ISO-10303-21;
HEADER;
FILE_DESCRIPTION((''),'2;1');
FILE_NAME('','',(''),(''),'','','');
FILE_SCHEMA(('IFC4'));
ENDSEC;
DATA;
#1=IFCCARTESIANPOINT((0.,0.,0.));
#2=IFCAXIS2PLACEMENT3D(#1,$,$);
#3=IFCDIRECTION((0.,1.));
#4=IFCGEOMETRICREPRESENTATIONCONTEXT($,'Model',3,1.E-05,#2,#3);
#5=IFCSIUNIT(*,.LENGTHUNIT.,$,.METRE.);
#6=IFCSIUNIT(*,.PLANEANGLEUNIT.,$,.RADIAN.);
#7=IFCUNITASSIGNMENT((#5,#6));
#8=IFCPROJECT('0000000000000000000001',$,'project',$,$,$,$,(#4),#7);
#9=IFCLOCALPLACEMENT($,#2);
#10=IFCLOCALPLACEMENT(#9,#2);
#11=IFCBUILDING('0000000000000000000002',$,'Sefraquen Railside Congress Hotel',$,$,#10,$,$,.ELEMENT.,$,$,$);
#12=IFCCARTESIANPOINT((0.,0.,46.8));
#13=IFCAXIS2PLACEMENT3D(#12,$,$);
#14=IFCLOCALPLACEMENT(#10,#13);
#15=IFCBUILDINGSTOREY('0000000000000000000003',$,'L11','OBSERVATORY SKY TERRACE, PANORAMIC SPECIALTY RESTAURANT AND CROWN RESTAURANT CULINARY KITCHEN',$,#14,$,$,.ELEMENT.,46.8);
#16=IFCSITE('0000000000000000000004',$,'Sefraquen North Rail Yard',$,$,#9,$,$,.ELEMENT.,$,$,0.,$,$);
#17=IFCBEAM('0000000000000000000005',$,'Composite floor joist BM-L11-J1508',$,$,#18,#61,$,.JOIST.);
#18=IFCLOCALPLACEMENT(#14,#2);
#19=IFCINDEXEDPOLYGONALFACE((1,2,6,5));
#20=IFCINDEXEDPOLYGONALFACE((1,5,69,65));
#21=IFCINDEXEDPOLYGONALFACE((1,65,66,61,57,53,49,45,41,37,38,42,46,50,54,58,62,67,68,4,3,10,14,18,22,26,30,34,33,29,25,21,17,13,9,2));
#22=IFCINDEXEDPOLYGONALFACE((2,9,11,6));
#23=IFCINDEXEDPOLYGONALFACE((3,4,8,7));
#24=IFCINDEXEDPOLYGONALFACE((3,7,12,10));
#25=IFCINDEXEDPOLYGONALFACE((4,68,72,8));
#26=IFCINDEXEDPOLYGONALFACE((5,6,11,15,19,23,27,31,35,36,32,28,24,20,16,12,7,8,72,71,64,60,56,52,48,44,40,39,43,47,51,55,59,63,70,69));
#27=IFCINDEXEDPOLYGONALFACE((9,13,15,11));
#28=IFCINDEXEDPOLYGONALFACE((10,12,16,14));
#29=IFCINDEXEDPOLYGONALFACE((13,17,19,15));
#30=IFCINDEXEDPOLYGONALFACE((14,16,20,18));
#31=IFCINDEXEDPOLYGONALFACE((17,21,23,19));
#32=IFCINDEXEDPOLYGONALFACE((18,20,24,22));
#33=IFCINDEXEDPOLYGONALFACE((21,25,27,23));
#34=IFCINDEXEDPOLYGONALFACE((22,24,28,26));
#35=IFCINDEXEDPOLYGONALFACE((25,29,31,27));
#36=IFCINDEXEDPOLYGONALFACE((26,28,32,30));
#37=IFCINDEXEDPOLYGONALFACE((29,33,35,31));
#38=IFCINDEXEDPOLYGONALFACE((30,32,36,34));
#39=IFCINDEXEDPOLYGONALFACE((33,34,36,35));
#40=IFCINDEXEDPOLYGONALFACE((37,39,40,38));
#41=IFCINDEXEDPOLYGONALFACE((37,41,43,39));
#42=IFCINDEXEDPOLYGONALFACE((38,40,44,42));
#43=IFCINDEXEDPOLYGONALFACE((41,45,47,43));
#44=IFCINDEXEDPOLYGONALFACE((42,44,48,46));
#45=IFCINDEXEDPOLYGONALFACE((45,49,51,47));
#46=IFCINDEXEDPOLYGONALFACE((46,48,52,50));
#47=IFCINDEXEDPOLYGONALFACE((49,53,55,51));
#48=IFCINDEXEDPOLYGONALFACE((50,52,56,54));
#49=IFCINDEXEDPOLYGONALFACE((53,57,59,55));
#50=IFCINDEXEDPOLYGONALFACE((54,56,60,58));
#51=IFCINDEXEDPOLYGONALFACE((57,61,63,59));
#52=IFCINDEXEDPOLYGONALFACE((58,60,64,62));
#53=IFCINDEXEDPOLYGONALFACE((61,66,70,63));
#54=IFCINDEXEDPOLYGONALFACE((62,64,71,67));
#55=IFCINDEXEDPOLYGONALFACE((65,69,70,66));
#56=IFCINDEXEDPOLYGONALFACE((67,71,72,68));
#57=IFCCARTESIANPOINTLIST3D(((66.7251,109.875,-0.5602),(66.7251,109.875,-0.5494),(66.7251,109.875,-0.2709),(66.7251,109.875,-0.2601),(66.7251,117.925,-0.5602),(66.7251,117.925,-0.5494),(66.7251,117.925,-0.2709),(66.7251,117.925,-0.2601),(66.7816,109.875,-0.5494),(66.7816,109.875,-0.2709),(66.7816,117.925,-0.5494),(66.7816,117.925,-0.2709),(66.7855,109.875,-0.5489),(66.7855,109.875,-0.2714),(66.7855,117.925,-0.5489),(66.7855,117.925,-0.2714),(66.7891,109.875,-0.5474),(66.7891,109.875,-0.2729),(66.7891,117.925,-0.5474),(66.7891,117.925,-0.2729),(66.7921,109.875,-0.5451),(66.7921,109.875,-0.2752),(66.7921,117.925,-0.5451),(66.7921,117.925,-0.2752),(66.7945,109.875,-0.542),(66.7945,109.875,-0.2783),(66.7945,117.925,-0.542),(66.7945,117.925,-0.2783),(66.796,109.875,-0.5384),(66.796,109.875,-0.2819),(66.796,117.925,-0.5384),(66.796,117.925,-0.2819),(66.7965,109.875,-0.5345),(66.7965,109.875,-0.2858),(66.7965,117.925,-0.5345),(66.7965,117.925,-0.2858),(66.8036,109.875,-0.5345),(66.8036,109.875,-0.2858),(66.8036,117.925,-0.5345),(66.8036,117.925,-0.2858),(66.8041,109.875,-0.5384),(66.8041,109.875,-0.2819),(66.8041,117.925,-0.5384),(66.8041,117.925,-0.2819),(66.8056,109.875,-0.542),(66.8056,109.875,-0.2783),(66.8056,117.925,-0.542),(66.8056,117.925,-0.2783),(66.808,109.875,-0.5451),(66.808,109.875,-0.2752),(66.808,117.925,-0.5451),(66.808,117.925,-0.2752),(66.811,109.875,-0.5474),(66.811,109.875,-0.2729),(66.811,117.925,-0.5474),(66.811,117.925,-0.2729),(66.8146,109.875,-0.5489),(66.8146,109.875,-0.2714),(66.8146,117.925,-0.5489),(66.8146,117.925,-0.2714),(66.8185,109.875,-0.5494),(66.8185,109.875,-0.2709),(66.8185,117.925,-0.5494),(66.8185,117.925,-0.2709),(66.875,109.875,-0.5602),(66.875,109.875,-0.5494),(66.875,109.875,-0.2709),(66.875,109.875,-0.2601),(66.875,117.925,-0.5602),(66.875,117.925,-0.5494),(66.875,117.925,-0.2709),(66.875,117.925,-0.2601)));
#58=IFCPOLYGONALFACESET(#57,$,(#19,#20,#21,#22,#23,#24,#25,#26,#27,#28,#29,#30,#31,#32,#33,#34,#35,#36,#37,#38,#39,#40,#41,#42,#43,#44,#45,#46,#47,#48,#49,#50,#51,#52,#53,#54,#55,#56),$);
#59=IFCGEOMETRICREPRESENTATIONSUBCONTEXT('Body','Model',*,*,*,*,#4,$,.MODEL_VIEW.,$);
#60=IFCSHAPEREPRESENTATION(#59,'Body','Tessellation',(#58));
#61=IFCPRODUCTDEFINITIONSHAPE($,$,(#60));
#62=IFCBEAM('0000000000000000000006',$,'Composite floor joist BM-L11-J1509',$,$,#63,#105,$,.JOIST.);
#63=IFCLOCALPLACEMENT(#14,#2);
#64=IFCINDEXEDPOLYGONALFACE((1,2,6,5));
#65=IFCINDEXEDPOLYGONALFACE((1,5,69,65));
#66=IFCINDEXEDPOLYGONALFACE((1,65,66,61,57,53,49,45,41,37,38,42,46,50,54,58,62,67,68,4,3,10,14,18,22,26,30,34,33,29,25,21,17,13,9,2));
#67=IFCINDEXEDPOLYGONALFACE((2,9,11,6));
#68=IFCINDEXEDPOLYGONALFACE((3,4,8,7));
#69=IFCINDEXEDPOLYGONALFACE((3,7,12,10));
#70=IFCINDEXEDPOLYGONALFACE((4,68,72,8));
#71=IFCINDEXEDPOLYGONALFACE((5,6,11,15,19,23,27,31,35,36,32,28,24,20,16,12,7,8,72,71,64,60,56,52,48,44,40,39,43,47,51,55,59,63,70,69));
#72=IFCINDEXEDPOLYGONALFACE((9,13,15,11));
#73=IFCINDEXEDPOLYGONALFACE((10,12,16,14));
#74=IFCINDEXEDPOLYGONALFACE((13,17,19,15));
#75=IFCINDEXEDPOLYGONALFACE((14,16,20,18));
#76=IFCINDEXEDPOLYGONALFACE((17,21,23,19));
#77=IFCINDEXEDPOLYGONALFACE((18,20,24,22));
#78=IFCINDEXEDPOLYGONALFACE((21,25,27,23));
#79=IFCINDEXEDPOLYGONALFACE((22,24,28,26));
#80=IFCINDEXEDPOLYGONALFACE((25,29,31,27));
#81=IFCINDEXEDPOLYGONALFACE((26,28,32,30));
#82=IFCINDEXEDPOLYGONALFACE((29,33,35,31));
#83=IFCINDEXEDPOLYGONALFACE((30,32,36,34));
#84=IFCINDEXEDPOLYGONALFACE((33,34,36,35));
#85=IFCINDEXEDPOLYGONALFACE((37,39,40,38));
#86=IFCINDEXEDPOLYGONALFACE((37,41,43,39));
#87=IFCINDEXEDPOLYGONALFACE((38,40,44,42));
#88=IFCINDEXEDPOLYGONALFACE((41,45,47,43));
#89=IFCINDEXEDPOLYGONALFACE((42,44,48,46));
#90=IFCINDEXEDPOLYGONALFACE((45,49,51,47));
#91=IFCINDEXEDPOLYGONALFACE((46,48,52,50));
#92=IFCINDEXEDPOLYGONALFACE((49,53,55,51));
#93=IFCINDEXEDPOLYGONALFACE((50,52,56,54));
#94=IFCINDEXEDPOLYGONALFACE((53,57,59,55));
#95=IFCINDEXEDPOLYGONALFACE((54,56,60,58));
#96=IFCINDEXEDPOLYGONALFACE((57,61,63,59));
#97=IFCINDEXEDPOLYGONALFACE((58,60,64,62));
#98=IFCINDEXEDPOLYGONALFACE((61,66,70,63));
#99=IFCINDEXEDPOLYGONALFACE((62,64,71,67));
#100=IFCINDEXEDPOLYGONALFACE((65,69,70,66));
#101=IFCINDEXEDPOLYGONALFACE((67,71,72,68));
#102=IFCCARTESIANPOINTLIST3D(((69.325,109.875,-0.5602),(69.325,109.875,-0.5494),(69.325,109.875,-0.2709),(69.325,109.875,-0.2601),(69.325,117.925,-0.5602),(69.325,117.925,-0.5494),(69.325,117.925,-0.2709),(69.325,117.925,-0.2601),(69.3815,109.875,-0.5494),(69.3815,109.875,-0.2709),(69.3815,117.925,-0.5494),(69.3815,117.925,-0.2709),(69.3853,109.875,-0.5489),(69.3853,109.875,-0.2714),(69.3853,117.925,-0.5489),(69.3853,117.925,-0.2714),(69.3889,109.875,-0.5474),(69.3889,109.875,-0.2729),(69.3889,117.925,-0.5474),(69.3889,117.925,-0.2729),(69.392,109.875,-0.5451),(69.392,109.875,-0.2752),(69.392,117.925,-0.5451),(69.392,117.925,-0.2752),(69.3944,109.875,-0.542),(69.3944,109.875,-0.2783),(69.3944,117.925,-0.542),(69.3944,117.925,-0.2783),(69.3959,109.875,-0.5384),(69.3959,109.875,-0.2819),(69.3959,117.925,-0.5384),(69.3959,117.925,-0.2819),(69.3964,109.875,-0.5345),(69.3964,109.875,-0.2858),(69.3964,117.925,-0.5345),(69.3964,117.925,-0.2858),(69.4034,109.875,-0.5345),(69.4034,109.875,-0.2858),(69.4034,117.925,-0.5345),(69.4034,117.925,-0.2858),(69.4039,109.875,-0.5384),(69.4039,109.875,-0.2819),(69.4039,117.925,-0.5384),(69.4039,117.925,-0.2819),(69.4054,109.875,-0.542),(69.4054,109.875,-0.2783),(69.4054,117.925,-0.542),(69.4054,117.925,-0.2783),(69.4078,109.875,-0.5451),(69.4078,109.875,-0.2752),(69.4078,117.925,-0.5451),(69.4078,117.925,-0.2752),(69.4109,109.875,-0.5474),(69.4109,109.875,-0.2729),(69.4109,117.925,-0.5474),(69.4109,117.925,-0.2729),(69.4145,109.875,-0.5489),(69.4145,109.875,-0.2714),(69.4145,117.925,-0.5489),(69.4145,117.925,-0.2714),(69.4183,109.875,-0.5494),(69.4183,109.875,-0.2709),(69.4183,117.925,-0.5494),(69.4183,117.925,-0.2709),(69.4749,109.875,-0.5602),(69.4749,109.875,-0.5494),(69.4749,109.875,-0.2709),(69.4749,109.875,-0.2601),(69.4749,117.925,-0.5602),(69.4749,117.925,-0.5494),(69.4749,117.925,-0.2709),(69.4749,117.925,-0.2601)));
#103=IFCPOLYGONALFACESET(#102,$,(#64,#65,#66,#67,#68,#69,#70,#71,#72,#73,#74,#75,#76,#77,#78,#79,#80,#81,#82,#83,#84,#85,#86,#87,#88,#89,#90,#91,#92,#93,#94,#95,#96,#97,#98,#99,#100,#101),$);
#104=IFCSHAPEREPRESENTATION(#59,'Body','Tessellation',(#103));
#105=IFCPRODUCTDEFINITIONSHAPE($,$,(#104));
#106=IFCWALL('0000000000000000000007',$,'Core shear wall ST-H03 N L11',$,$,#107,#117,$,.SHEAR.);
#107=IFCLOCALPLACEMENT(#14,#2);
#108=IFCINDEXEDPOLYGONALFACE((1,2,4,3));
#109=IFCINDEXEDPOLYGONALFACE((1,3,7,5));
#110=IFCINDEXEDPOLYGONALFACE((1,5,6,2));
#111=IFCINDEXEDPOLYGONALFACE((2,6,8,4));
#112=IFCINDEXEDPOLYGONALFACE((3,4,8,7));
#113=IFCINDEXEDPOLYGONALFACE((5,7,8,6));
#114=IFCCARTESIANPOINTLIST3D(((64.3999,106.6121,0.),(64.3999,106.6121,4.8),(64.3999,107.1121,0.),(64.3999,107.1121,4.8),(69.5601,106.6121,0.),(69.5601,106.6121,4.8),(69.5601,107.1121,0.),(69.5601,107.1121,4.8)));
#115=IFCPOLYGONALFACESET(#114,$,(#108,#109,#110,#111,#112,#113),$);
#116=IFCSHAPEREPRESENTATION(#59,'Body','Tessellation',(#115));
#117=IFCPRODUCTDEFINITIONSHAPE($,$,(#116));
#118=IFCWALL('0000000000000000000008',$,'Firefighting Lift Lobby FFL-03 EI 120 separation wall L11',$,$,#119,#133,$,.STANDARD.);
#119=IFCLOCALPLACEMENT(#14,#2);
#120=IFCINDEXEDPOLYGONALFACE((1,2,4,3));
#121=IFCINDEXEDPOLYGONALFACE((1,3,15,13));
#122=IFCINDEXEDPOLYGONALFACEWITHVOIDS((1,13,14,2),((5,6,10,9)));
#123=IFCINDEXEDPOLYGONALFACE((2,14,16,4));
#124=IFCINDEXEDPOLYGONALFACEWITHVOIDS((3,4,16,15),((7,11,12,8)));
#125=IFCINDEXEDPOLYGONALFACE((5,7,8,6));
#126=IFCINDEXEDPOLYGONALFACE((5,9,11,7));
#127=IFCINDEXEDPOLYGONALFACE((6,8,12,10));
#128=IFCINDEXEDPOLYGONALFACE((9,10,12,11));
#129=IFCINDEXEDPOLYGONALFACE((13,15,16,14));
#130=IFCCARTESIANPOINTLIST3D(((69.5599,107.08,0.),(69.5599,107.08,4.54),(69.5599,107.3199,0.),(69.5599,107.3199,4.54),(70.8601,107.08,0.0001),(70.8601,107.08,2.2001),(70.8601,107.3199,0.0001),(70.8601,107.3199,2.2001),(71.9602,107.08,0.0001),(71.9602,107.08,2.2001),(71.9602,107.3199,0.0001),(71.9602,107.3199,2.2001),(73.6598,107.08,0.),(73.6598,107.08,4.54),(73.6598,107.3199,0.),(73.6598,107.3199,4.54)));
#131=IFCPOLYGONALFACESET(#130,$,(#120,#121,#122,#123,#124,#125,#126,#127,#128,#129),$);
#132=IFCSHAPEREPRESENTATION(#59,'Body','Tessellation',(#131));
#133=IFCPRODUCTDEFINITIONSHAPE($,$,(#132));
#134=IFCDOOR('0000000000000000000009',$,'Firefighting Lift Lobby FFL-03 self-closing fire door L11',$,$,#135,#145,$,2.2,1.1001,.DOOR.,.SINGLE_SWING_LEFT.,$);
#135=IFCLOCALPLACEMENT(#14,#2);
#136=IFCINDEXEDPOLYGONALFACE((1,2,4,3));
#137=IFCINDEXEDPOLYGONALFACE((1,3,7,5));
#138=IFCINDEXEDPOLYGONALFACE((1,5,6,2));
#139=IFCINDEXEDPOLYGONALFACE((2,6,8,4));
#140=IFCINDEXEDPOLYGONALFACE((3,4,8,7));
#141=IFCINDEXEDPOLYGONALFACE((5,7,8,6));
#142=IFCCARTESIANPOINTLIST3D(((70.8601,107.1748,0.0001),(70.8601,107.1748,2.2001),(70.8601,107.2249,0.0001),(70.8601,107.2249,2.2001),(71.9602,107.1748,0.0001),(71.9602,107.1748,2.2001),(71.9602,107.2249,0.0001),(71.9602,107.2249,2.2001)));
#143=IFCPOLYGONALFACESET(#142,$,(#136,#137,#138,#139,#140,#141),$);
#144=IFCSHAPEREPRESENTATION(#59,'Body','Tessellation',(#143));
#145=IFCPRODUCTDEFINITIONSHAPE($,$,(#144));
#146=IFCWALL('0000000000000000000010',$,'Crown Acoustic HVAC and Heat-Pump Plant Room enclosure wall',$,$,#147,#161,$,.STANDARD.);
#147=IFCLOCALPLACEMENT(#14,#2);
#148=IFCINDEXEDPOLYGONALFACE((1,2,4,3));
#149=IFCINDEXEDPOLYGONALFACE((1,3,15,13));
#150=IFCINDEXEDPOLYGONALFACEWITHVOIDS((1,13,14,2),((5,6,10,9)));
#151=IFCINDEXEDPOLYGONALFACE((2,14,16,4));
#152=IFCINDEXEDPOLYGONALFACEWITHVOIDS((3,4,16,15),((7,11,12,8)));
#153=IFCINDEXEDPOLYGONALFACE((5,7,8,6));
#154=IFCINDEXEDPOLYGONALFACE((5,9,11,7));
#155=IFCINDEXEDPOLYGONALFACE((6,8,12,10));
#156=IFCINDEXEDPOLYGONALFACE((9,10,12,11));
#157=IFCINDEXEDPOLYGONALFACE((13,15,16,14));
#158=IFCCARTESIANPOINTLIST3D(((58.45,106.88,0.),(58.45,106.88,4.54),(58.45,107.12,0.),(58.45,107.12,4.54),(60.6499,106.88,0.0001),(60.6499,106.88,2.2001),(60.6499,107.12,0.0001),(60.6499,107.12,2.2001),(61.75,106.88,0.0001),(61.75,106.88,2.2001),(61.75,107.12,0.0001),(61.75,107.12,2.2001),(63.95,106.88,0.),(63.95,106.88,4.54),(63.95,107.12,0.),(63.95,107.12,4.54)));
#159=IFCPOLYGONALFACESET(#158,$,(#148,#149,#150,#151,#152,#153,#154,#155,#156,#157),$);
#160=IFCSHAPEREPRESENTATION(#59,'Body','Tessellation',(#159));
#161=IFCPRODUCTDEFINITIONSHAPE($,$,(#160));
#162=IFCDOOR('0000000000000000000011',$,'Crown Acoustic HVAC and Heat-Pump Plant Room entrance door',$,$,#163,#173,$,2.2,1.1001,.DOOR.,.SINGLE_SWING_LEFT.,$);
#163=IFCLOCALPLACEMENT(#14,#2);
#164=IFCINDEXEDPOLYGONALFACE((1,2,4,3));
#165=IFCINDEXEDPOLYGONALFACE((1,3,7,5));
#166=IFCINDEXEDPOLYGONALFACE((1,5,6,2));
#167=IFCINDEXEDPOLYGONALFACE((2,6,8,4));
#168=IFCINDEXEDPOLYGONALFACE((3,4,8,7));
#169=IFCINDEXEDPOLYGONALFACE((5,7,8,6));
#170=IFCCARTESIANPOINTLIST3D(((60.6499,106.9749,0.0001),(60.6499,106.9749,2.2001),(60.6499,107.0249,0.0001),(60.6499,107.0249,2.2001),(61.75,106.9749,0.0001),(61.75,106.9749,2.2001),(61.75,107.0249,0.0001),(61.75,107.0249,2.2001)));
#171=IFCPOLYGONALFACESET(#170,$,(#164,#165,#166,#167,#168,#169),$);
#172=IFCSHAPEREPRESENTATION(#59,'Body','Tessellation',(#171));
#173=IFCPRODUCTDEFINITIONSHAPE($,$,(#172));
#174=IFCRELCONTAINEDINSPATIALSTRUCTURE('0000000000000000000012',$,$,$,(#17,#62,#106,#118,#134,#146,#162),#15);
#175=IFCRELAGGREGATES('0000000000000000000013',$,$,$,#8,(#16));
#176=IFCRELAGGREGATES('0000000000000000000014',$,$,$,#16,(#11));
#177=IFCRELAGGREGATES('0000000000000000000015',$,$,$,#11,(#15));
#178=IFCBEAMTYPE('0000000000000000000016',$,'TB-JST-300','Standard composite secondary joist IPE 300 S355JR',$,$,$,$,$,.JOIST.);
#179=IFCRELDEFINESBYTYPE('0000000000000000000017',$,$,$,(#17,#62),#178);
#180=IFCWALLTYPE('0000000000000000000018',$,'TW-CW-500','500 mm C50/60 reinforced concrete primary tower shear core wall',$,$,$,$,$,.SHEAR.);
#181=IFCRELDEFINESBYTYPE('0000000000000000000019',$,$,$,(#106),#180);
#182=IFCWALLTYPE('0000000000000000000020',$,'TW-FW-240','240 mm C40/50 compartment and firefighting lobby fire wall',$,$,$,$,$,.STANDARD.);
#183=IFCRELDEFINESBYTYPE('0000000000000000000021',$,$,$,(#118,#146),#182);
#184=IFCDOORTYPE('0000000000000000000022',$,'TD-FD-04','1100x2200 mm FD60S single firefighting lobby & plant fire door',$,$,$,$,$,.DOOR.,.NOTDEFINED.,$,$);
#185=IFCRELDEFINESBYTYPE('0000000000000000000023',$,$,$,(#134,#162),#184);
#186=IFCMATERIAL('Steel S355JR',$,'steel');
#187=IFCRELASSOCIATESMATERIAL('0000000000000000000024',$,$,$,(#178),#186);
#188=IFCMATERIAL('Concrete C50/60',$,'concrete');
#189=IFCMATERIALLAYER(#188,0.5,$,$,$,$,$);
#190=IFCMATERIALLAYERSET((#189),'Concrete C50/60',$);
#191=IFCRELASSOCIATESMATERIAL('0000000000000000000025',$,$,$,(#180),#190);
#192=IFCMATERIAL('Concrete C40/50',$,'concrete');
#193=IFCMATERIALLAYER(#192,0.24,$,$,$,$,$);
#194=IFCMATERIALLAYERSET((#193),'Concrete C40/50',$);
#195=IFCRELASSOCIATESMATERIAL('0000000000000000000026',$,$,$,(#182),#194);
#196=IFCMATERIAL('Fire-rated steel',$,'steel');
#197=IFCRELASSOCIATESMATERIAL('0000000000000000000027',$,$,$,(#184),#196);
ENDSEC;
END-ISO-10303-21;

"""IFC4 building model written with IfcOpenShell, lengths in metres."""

from ifc_helpers import new_model, si_unit, direction, frame, frame_2d, origin, origin_2d, place, context, subcontext, project, spatial, rectangle, i_section, extrude, material, layer, layer_set, material_profile, profile_set, type_object, element, fill, save


model = new_model("IFC4")

# Units and contexts
model_context = context("Model", 3, precision=1e-05, world=origin(), true_north=direction((0.0, 1.0)))
body_context = subcontext(model_context, "Body", "Model", "MODEL_VIEW")
ifc_project = project(units=[si_unit("LENGTHUNIT", "METRE"), si_unit("PLANEANGLEUNIT", "RADIAN")], contexts=[model_context])

# Site, building, storey
site_placement = place(None, origin())
site = spatial("IfcSite", under=ifc_project, at=site_placement, Name="Sefraquen North Rail Yard", CompositionType="ELEMENT", RefElevation=0.0)
building_placement = place(site_placement, origin())
building = spatial("IfcBuilding", under=site, at=building_placement, Name="Sefraquen Railside Congress Hotel", CompositionType="ELEMENT")
storey_placement = place(building_placement, frame((0.0, 0.0, 46.8)))
storey = spatial("IfcBuildingStorey", under=building, at=storey_placement, Name="L11", Description="OBSERVATORY SKY TERRACE, PANORAMIC SPECIALTY RESTAURANT AND CROWN RESTAURANT CULINARY KITCHEN", CompositionType="ELEMENT", Elevation=46.8)

# Shared definitions
ifc_material_1 = material(Name="Steel S355JR", Category="steel")

# Beams
ifc_material_profile_1 = material_profile(ifc_material_1, i_section(OverallWidth=0.1499, OverallDepth=0.3, WebThickness=0.0071, FlangeThickness=0.0107, FilletRadius=0.0149, at=origin_2d()), Name="IPE 300")
ifc_profile_set_1 = profile_set([ifc_material_profile_1], Name="Steel S355JR")
beam_type_1 = type_object("IfcBeamType", Name="TB-JST-300", Description="Standard composite secondary joist IPE 300 S355JR", PredefinedType="JOIST", material=ifc_profile_set_1)
for number, where, z_axis, x_axis, name in (
    (1, (66.8, 109.875, -0.4102), (0.0, 1.0, 0.0), (-1.0, 0.0, 0.0), "Composite floor joist BM-L11-J1508"),
    (2, (69.3999, 109.875, -0.4102), (0.0, 1.0, 0.0), (-1.0, 0.0, 0.0), "Composite floor joist BM-L11-J1509"),
):
    element("IfcBeam", number, at=place(storey_placement, frame(where, z_axis=z_axis, x_axis=x_axis)), inside=storey, type_object=beam_type_1, Name=name, PredefinedType="JOIST", context=body_context, shape_type="SweptSolid", body=[
        extrude(i_section(OverallWidth=0.1499, OverallDepth=0.3, WebThickness=0.0071, FlangeThickness=0.0107, FilletRadius=0.0149, at=origin_2d()), origin(), (0.0, 0.0, 1.0), 8.05),
    ])

# Wall
ifc_material_2 = material(Name="Concrete C50/60", Category="concrete")
ifc_layer_1 = layer(ifc_material_2, 0.5)
ifc_layer_set_1 = layer_set([ifc_layer_1], Name="Concrete C50/60")
wall_type_1 = type_object("IfcWallType", Name="TW-CW-500", Description="500 mm C50/60 reinforced concrete primary tower shear core wall", PredefinedType="SHEAR", material=ifc_layer_set_1)
wall_1_placement = place(storey_placement, frame((64.3999, 106.8621, 0.0), z_axis=(0.0, 0.0, 1.0), x_axis=(1.0, 0.0, 0.0)))
element("IfcWall", 3, at=wall_1_placement, inside=storey, type_object=wall_type_1, Name="Core shear wall ST-H03 N L11", PredefinedType="SHEAR", context=body_context, shape_type="SweptSolid", body=[
    extrude(rectangle(XDim=5.1602, YDim=0.5, at=frame_2d((2.5801, 0.0))), origin(), (0.0, 0.0, 1.0), 4.8),
])

# Walls, openings, doors
ifc_material_3 = material(Name="Concrete C40/50", Category="concrete")
ifc_layer_2 = layer(ifc_material_3, 0.24)
ifc_layer_set_2 = layer_set([ifc_layer_2], Name="Concrete C40/50")
wall_type_2 = type_object("IfcWallType", Name="TW-FW-240", Description="240 mm C40/50 compartment and firefighting lobby fire wall", PredefinedType="STANDARD", material=ifc_layer_set_2)
wall_2_placement = place(storey_placement, frame((69.5601, 107.2, 0.0), z_axis=(0.0, 0.0, 1.0), x_axis=(1.0, 0.0, 0.0)))
wall_2 = element("IfcWall", 4, at=wall_2_placement, inside=storey, type_object=wall_type_2, Name="Firefighting Lift Lobby FFL-03 EI 120 separation wall L11", PredefinedType="STANDARD", context=body_context, shape_type="SweptSolid", body=[
    extrude(rectangle(XDim=4.0999, YDim=0.24, at=frame_2d((2.0498, 0.0))), origin(), (0.0, 0.0, 1.0), 4.54),
])
opening_1_placement = place(wall_2_placement, frame((1.3, 0.0, 0.0)))
opening_1 = element("IfcOpeningElement", 5, at=opening_1_placement, cuts=wall_2, PredefinedType="OPENING", context=body_context, shape_type="SweptSolid", body=[
    extrude(rectangle(XDim=1.1001, YDim=2.2, at=frame_2d((0.55, 1.1001))), frame((0.0, 0.1299, 0.0), z_axis=(0.0, -1.0, 0.0), x_axis=(1.0, 0.0, 0.0)), (0.0, 0.0, 1.0), 0.26),
])
ifc_material_4 = material(Name="Fire-rated steel", Category="steel")
door_type_1 = type_object("IfcDoorType", Name="TD-FD-04", Description="1100x2200 mm FD60S single firefighting lobby & plant fire door", OperationType="NOTDEFINED", PredefinedType="DOOR", material=ifc_material_4)
door_1_placement = place(opening_1_placement, origin())
door_1 = element("IfcDoor", 6, at=door_1_placement, inside=storey, type_object=door_type_1, Name="Firefighting Lift Lobby FFL-03 self-closing fire door L11", OperationType="SINGLE_SWING_LEFT", OverallHeight=2.2, OverallWidth=1.1001, PredefinedType="DOOR", context=body_context, shape_type="SweptSolid", body=[
    extrude(rectangle(XDim=1.1001, YDim=2.2, at=frame_2d((0.55, 1.1001))), frame((0.0, 0.0249, 0.0), z_axis=(0.0, -1.0, 0.0), x_axis=(1.0, 0.0, 0.0)), (0.0, 0.0, 1.0), 0.05),
])
fill(opening_1, door_1)
wall_3_placement = place(storey_placement, frame((58.45, 107.0, 0.0), z_axis=(0.0, 0.0, 1.0), x_axis=(1.0, 0.0, 0.0)))
wall_3 = element("IfcWall", 7, at=wall_3_placement, inside=storey, type_object=wall_type_2, Name="Crown Acoustic HVAC and Heat-Pump Plant Room enclosure wall", PredefinedType="STANDARD", context=body_context, shape_type="SweptSolid", body=[
    extrude(rectangle(XDim=5.5, YDim=0.24, at=frame_2d((2.75, 0.0))), origin(), (0.0, 0.0, 1.0), 4.54),
])
opening_2_placement = place(wall_3_placement, frame((2.2, 0.0, 0.0)))
opening_2 = element("IfcOpeningElement", 8, at=opening_2_placement, cuts=wall_3, PredefinedType="OPENING", context=body_context, shape_type="SweptSolid", body=[
    extrude(rectangle(XDim=1.1001, YDim=2.2, at=frame_2d((0.55, 1.1001))), frame((0.0, 0.1299, 0.0), z_axis=(0.0, -1.0, 0.0), x_axis=(1.0, 0.0, 0.0)), (0.0, 0.0, 1.0), 0.26),
])
door_2_placement = place(opening_2_placement, origin())
door_2 = element("IfcDoor", 9, at=door_2_placement, inside=storey, type_object=door_type_1, Name="Crown Acoustic HVAC and Heat-Pump Plant Room entrance door", OperationType="SINGLE_SWING_LEFT", OverallHeight=2.2, OverallWidth=1.1001, PredefinedType="DOOR", context=body_context, shape_type="SweptSolid", body=[
    extrude(rectangle(XDim=1.1001, YDim=2.2, at=frame_2d((0.55, 1.1001))), frame((0.0, 0.0249, 0.0), z_axis=(0.0, -1.0, 0.0), x_axis=(1.0, 0.0, 0.0)), (0.0, 0.0, 1.0), 0.05),
])
fill(opening_2, door_2)

save(model, "model.ifc")
